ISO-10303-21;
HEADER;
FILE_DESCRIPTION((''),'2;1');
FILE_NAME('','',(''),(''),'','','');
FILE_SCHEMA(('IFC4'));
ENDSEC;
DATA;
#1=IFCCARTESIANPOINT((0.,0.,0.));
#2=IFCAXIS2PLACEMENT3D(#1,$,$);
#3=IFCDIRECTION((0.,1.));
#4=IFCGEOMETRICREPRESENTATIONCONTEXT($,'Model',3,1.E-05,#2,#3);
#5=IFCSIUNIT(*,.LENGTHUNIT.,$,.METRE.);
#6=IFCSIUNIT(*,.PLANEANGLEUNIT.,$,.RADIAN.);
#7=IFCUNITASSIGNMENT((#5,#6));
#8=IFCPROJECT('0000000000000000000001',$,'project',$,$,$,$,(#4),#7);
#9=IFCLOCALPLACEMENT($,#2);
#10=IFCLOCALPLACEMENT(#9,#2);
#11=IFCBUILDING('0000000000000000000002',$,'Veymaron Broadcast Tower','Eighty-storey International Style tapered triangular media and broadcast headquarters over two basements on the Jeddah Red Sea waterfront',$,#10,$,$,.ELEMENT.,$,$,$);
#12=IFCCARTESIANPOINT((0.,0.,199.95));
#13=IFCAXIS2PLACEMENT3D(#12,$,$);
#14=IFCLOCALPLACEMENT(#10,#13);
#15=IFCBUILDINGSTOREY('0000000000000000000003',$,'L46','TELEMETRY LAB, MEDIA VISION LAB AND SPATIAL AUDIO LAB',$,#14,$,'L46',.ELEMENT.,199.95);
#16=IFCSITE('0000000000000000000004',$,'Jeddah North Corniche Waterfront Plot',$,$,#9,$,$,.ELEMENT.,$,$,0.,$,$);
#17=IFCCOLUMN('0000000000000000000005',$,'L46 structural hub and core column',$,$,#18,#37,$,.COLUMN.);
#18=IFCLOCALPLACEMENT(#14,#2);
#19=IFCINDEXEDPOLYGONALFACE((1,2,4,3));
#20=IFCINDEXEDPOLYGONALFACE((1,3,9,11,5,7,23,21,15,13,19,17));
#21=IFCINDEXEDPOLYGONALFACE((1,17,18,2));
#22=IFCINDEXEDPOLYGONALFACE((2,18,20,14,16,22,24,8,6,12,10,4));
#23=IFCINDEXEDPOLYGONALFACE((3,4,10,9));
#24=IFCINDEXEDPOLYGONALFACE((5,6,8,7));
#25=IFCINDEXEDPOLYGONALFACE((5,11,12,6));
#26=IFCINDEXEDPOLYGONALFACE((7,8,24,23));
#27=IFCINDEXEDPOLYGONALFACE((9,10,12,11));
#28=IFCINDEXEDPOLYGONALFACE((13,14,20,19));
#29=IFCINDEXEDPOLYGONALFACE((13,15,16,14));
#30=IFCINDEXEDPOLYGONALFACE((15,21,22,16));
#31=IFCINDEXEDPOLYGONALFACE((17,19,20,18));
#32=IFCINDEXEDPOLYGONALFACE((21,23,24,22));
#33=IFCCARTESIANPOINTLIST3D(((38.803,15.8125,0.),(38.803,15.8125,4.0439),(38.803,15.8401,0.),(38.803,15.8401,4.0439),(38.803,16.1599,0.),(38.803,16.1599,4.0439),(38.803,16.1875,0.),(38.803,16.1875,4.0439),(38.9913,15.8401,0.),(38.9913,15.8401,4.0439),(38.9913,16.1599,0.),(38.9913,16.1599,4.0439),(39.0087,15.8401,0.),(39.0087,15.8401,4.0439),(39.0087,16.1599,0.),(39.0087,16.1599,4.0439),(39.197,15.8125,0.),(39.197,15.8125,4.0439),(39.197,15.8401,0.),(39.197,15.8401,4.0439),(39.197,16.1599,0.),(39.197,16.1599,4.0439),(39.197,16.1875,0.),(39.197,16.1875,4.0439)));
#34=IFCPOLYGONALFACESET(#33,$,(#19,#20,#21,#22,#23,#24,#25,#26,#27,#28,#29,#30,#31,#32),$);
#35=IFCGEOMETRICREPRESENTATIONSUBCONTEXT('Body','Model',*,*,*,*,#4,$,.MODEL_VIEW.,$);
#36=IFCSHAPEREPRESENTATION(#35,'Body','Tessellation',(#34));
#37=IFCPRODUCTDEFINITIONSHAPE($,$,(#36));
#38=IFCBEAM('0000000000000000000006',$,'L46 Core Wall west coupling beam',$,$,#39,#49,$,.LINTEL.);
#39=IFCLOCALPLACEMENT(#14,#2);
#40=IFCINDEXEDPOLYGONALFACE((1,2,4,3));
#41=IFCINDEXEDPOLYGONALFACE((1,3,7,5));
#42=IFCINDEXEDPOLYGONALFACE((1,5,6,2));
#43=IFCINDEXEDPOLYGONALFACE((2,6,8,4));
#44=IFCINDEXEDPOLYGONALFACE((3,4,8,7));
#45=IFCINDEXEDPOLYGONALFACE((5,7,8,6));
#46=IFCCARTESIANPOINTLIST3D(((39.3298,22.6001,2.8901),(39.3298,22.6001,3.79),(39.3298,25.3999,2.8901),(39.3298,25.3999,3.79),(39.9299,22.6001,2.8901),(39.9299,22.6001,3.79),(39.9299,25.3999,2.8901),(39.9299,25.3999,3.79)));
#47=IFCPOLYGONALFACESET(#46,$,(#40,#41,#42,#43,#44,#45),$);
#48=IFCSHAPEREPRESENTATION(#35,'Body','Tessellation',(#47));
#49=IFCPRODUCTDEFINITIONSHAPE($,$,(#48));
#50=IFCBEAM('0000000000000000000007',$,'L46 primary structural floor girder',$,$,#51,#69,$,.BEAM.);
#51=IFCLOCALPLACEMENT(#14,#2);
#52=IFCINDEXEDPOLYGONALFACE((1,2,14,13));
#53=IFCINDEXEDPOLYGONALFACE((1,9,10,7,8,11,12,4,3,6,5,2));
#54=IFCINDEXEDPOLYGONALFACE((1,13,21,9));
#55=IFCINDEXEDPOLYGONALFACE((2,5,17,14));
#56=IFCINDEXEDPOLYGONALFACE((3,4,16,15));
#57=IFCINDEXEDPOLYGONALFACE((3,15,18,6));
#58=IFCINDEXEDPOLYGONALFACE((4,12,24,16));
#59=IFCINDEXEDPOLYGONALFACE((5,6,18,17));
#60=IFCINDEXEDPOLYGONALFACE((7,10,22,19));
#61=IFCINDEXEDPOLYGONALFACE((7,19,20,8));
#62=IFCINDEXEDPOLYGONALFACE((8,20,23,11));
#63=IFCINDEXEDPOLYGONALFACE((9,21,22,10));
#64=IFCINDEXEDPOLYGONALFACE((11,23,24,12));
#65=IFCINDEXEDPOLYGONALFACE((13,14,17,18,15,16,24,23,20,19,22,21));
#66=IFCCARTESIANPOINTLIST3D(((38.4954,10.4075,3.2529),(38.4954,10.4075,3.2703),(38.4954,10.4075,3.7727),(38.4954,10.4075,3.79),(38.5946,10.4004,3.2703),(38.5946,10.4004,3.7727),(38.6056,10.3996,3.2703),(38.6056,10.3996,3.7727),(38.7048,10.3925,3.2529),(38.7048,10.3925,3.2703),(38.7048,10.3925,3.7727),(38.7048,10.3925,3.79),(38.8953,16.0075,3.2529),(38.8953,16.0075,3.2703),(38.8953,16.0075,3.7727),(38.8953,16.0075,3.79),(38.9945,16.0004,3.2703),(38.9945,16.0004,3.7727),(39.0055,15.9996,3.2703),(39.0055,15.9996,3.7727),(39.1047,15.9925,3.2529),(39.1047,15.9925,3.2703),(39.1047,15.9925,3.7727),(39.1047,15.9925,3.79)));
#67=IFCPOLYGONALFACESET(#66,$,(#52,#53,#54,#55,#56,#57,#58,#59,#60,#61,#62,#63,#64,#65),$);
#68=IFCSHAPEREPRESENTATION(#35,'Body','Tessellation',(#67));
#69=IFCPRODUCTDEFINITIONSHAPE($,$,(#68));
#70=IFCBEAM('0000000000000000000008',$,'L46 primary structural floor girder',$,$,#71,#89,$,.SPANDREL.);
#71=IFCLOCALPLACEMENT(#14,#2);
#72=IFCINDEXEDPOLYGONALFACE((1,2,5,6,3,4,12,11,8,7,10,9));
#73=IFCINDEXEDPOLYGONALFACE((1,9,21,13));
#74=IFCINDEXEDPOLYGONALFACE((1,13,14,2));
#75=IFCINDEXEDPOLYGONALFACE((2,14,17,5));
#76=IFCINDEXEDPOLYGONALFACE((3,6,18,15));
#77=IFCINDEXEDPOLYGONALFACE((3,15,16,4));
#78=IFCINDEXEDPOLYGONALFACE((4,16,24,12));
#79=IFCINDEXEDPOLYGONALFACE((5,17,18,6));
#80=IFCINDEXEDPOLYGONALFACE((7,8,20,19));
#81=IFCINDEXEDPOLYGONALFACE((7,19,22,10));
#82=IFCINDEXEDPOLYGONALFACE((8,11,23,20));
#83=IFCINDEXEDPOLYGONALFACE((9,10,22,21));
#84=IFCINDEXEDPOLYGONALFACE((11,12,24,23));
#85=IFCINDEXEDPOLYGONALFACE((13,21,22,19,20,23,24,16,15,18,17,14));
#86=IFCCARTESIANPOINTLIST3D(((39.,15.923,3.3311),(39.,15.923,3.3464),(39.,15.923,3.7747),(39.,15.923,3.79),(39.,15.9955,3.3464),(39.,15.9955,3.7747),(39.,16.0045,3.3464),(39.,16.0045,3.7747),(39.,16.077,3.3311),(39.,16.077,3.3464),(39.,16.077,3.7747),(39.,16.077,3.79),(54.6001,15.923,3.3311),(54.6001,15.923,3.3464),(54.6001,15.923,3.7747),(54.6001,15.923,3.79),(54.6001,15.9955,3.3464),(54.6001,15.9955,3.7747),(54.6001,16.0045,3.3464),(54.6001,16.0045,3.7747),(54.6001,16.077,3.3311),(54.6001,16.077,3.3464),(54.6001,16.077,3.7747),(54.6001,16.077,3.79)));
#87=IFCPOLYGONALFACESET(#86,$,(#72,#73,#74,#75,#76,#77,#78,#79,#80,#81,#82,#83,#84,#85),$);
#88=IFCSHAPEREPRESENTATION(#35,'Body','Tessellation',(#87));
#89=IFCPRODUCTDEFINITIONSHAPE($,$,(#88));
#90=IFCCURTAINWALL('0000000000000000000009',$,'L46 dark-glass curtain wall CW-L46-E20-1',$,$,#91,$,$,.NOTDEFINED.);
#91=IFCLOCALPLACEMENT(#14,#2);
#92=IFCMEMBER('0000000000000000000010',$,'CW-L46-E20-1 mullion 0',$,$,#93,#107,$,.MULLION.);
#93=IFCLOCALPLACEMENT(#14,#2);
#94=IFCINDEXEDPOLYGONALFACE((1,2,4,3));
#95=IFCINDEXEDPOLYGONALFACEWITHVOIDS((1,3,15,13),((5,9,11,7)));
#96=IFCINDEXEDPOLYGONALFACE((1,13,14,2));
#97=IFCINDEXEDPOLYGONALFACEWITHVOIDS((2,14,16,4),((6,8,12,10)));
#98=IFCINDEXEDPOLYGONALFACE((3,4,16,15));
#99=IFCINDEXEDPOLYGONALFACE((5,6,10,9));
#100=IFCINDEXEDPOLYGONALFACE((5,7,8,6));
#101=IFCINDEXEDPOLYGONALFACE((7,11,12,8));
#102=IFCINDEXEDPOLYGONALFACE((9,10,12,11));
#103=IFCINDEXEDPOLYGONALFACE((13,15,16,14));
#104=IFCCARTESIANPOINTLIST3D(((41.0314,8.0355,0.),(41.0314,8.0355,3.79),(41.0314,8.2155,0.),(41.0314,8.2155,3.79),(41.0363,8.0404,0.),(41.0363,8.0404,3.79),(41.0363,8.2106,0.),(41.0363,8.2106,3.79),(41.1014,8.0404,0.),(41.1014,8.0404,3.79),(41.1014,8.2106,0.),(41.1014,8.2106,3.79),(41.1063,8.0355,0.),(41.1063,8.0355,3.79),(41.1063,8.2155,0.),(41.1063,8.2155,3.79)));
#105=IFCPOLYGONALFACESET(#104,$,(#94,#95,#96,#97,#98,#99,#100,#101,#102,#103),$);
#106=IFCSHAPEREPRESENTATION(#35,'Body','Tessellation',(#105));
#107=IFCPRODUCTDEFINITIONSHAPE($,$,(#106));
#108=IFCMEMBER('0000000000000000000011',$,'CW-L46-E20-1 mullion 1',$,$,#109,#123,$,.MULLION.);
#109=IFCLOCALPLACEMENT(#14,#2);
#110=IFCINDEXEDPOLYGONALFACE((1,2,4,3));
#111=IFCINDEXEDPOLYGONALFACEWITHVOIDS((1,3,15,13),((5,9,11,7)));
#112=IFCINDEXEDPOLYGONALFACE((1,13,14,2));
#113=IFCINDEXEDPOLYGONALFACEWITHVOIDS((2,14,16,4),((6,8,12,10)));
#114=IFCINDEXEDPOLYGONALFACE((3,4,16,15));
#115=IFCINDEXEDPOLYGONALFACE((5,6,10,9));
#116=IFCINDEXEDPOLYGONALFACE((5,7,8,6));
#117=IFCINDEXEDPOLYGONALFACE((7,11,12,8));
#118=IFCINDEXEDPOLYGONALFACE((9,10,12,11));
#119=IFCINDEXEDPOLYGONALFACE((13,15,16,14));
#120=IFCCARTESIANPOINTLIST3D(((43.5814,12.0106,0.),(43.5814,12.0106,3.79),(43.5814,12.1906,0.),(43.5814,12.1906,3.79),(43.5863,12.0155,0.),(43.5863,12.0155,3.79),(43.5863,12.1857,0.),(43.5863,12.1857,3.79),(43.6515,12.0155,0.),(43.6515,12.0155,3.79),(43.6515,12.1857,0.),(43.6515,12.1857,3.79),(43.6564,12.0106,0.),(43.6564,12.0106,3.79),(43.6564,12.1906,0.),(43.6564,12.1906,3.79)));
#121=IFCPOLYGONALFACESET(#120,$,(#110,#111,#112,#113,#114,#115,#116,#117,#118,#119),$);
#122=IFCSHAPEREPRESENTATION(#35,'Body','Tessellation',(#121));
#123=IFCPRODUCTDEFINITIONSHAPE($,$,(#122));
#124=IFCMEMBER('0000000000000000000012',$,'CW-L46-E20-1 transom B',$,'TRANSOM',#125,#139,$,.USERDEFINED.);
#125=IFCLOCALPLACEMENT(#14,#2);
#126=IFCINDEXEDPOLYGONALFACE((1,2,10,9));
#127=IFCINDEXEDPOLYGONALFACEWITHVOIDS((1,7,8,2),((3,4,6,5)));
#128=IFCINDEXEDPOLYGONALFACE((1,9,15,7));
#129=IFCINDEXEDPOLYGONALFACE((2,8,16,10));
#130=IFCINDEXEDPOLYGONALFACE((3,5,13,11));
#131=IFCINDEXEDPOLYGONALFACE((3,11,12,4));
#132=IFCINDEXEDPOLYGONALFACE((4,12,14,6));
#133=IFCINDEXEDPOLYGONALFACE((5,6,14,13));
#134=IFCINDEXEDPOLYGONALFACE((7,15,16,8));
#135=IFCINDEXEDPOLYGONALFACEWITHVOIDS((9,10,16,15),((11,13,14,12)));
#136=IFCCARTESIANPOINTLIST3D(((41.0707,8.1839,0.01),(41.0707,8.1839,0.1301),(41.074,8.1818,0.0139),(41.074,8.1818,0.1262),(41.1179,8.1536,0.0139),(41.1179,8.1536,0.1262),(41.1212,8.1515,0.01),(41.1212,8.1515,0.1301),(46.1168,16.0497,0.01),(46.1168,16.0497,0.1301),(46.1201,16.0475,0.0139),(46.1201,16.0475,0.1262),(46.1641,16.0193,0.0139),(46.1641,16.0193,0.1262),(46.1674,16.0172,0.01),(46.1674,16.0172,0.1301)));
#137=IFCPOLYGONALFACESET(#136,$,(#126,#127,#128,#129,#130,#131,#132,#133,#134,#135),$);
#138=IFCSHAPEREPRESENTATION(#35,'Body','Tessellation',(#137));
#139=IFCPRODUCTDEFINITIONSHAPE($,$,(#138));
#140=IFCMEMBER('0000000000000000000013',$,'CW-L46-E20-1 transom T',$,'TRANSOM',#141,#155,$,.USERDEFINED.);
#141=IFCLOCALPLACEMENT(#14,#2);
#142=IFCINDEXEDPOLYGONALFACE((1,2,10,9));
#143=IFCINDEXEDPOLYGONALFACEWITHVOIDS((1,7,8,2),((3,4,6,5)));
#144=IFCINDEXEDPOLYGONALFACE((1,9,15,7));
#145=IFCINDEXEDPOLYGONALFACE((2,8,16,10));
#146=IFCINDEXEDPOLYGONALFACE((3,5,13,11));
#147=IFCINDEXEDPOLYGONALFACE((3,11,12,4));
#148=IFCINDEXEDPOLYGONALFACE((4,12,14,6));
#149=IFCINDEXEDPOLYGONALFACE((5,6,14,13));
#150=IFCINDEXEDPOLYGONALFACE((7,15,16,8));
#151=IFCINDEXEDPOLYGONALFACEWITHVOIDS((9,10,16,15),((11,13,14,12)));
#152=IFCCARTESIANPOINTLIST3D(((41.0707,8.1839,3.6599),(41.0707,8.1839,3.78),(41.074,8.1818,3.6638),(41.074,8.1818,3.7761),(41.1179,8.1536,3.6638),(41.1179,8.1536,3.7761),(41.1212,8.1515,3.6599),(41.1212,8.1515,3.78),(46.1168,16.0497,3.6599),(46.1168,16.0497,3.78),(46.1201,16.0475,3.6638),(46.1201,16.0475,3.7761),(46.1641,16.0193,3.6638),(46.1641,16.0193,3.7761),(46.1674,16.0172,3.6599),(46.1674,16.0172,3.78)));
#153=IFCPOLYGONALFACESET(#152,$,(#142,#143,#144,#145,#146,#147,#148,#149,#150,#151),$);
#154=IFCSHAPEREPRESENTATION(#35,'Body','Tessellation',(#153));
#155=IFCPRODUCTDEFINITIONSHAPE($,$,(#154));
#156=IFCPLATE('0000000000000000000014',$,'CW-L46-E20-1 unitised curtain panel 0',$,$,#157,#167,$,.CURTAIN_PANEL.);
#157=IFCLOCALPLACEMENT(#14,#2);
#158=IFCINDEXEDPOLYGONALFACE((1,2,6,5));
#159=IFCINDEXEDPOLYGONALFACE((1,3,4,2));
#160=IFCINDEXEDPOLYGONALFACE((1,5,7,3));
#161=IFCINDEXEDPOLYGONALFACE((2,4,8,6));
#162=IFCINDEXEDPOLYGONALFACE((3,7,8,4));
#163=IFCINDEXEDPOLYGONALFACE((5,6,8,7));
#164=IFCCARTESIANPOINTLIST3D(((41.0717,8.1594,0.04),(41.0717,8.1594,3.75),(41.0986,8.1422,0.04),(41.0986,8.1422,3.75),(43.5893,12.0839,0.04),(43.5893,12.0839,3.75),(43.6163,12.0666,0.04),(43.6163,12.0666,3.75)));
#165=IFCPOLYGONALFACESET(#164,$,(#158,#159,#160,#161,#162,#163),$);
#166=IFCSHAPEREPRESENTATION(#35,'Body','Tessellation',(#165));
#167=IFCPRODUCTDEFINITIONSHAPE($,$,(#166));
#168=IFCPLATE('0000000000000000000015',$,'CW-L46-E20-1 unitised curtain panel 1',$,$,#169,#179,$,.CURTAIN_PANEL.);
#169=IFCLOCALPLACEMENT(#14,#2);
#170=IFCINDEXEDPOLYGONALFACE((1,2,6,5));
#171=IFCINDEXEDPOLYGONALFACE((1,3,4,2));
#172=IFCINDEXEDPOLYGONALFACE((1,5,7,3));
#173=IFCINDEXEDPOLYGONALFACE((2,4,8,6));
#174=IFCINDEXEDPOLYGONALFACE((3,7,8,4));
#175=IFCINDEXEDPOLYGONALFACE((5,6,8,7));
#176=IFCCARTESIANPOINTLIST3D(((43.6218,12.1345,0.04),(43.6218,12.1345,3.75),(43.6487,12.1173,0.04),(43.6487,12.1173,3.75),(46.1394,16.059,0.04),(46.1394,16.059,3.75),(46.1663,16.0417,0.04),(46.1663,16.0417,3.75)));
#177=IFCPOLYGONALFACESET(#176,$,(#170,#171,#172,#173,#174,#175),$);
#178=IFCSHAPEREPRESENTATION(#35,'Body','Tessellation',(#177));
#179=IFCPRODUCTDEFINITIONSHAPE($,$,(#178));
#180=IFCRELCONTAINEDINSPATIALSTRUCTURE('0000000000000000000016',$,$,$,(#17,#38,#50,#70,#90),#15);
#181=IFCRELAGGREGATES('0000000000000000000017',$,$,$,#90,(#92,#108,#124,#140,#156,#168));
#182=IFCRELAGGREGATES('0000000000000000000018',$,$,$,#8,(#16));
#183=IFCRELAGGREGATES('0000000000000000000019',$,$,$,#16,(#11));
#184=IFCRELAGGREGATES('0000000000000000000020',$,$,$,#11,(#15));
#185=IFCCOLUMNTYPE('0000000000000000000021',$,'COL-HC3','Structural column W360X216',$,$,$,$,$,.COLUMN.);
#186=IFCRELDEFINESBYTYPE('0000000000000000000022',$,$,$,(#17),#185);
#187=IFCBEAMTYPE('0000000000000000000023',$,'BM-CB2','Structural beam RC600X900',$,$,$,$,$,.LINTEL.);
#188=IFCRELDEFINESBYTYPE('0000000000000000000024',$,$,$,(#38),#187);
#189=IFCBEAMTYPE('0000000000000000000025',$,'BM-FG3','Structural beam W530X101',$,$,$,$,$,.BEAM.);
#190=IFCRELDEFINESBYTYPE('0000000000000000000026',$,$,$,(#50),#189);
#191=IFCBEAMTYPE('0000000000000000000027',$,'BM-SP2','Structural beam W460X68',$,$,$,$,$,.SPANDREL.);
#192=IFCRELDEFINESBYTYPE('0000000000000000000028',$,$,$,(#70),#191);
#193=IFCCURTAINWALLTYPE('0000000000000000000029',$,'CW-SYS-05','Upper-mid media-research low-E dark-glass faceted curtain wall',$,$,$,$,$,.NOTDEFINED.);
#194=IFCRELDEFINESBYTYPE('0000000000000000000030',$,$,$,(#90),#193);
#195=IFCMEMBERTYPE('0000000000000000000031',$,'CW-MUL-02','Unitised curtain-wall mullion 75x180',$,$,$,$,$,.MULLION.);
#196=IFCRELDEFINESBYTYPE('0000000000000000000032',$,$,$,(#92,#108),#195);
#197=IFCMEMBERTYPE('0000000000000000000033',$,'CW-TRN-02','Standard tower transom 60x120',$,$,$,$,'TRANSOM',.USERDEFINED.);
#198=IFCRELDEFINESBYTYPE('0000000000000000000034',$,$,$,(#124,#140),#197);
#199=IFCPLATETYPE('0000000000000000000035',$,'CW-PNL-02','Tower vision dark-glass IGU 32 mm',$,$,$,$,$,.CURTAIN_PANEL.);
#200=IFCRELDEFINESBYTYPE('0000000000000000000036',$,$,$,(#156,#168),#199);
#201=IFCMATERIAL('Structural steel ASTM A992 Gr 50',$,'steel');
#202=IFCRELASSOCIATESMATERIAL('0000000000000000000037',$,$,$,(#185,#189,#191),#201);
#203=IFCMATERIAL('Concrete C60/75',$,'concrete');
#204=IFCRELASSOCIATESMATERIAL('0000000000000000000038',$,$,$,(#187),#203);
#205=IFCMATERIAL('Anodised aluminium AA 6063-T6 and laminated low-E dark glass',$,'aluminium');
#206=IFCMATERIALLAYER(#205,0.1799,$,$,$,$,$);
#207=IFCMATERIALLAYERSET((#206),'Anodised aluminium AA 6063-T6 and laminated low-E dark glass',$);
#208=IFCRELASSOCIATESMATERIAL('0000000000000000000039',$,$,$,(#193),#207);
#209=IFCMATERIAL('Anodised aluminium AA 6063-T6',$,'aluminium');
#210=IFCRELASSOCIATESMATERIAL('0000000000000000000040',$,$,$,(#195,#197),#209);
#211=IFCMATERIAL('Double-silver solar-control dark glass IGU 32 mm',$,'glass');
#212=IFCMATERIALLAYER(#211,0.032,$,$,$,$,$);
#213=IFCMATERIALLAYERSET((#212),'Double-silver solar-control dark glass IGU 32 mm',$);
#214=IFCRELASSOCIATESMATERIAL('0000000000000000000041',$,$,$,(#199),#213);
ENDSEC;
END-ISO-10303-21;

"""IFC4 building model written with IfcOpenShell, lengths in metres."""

from ifc_helpers import new_model, si_unit, direction, frame, origin, origin_2d, place, context, subcontext, project, spatial, rectangle, hollow_rectangle, i_section, extrude, material, layer, layer_set, material_profile, profile_set, type_object, element, aggregate, save


model = new_model("IFC4")

# Units and contexts
model_context = context("Model", 3, precision=1e-05, world=origin(), true_north=direction((0.0, 1.0)))
body_context = subcontext(model_context, "Body", "Model", "MODEL_VIEW")
ifc_project = project(units=[si_unit("LENGTHUNIT", "METRE"), si_unit("PLANEANGLEUNIT", "RADIAN")], contexts=[model_context])

# Site, building, storey
site_placement = place(None, origin())
site = spatial("IfcSite", under=ifc_project, at=site_placement, Name="Jeddah North Corniche Waterfront Plot", CompositionType="ELEMENT", RefElevation=0.0)
building_placement = place(site_placement, origin())
building = spatial("IfcBuilding", under=site, at=building_placement, Name="Veymaron Broadcast Tower", Description="Eighty-storey International Style tapered triangular media and broadcast headquarters over two basements on the Jeddah Red Sea waterfront", CompositionType="ELEMENT")
storey_placement = place(building_placement, frame((0.0, 0.0, 199.95)))
storey = spatial("IfcBuildingStorey", under=building, at=storey_placement, Name="L46", Description="TELEMETRY LAB, MEDIA VISION LAB AND SPATIAL AUDIO LAB", LongName="L46", CompositionType="ELEMENT", Elevation=199.95)

# Column
ifc_material_1 = material(Name="Structural steel ASTM A992 Gr 50", Category="steel")
ifc_material_profile_1 = material_profile(ifc_material_1, i_section(OverallWidth=0.394, OverallDepth=0.375, WebThickness=0.0173, FlangeThickness=0.0276, at=origin_2d()), Name="W360X216")
ifc_profile_set_1 = profile_set([ifc_material_profile_1], Name="Structural steel ASTM A992 Gr 50")
column_type = type_object("IfcColumnType", Name="COL-HC3", Description="Structural column W360X216", PredefinedType="COLUMN", material=ifc_profile_set_1)
column_placement = place(storey_placement, frame((39.0, 16.0, 0.0), z_axis=(0.0, 0.0, 1.0), x_axis=(1.0, 0.0, 0.0)))
element("IfcColumn", 1, at=column_placement, inside=storey, type_object=column_type, Name="L46 structural hub and core column", PredefinedType="COLUMN", context=body_context, shape_type="SweptSolid", body=[
    extrude(i_section(OverallWidth=0.394, OverallDepth=0.375, WebThickness=0.0173, FlangeThickness=0.0276, at=origin_2d()), origin(), (0.0, 0.0, 1.0), 4.0439),
])

# Beams
ifc_material_2 = material(Name="Concrete C60/75", Category="concrete")
ifc_material_profile_2 = material_profile(ifc_material_2, rectangle(XDim=0.6001, YDim=0.8999, at=origin_2d()), Name="RC600X900")
ifc_profile_set_2 = profile_set([ifc_material_profile_2], Name="Concrete C60/75")
beam_type_1 = type_object("IfcBeamType", Name="BM-CB2", Description="Structural beam RC600X900", PredefinedType="LINTEL", material=ifc_profile_set_2)
beam_1_placement = place(storey_placement, frame((39.6299, 22.6001, 3.3401), z_axis=(0.0, 1.0, 0.0), x_axis=(-1.0, 0.0, 0.0)))
element("IfcBeam", 2, at=beam_1_placement, inside=storey, type_object=beam_type_1, Name="L46 Core Wall west coupling beam", PredefinedType="LINTEL", context=body_context, shape_type="SweptSolid", body=[
    extrude(rectangle(XDim=0.6001, YDim=0.8999, at=origin_2d()), origin(), (0.0, 0.0, 1.0), 2.7998),
])
ifc_material_profile_3 = material_profile(ifc_material_1, i_section(OverallWidth=0.21, OverallDepth=0.5371, WebThickness=0.011, FlangeThickness=0.0173, at=origin_2d()), Name="W530X101")
ifc_profile_set_3 = profile_set([ifc_material_profile_3], Name="Structural steel ASTM A992 Gr 50")
beam_type_2 = type_object("IfcBeamType", Name="BM-FG3", Description="Structural beam W530X101", PredefinedType="BEAM", material=ifc_profile_set_3)
beam_2_placement = place(storey_placement, frame((39.0, 16.0, 3.5215), z_axis=(-0.071229, -0.99746, 0.0), x_axis=(0.99746, -0.071229, 0.0)))
element("IfcBeam", 3, at=beam_2_placement, inside=storey, type_object=beam_type_2, Name="L46 primary structural floor girder", PredefinedType="BEAM", context=body_context, shape_type="SweptSolid", body=[
    extrude(i_section(OverallWidth=0.21, OverallDepth=0.5371, WebThickness=0.011, FlangeThickness=0.0173, at=origin_2d()), origin(), (0.0, 0.0, 1.0), 5.6143),
])
ifc_material_profile_4 = material_profile(ifc_material_1, i_section(OverallWidth=0.1541, OverallDepth=0.459, WebThickness=0.009, FlangeThickness=0.0154, at=origin_2d()), Name="W460X68")
ifc_profile_set_4 = profile_set([ifc_material_profile_4], Name="Structural steel ASTM A992 Gr 50")
beam_type_3 = type_object("IfcBeamType", Name="BM-SP2", Description="Structural beam W460X68", PredefinedType="SPANDREL", material=ifc_profile_set_4)
beam_3_placement = place(storey_placement, frame((39.0, 16.0, 3.5605), z_axis=(1.0, 0.0, 0.0), x_axis=(0.0, 1.0, 0.0)))
element("IfcBeam", 4, at=beam_3_placement, inside=storey, type_object=beam_type_3, Name="L46 primary structural floor girder", PredefinedType="SPANDREL", context=body_context, shape_type="SweptSolid", body=[
    extrude(i_section(OverallWidth=0.1541, OverallDepth=0.459, WebThickness=0.009, FlangeThickness=0.0154, at=origin_2d()), origin(), (0.0, 0.0, 1.0), 15.6001),
])

# Curtain wall, members, plates
ifc_material_3 = material(Name="Anodised aluminium AA 6063-T6 and laminated low-E dark glass", Category="aluminium")
ifc_layer_1 = layer(ifc_material_3, 0.1799)
ifc_layer_set_1 = layer_set([ifc_layer_1], Name="Anodised aluminium AA 6063-T6 and laminated low-E dark glass")
curtain_wall_type = type_object("IfcCurtainWallType", Name="CW-SYS-05", Description="Upper-mid media-research low-E dark-glass faceted curtain wall", PredefinedType="NOTDEFINED", material=ifc_layer_set_1)
curtain_wall_placement = place(storey_placement, origin())
curtain_wall = element("IfcCurtainWall", 5, at=curtain_wall_placement, inside=storey, type_object=curtain_wall_type, Name="L46 dark-glass curtain wall CW-L46-E20-1", PredefinedType="NOTDEFINED")
ifc_material_4 = material(Name="Anodised aluminium AA 6063-T6", Category="aluminium")
ifc_material_profile_5 = material_profile(ifc_material_4, hollow_rectangle(XDim=0.075, YDim=0.1799, WallThickness=0.0049, at=origin_2d()), Name="AL180X75X5")
ifc_profile_set_5 = profile_set([ifc_material_profile_5], Name="Anodised aluminium AA 6063-T6")
member_type_1 = type_object("IfcMemberType", Name="CW-MUL-02", Description="Unitised curtain-wall mullion 75x180", PredefinedType="MULLION", material=ifc_profile_set_5)
member_1_placement = place(storey_placement, frame((41.0688, 8.1255, 0.0), z_axis=(0.0, 0.0, 1.0), x_axis=(1.0, 0.0, 0.0)))
member_1 = element("IfcMember", 6, at=member_1_placement, type_object=member_type_1, Name="CW-L46-E20-1 mullion 0", PredefinedType="MULLION", context=body_context, shape_type="SweptSolid", body=[
    extrude(hollow_rectangle(XDim=0.075, YDim=0.1799, WallThickness=0.0049, at=origin_2d()), origin(), (0.0, 0.0, 1.0), 3.79),
])
member_2_placement = place(storey_placement, frame((43.6189, 12.1006, 0.0), z_axis=(0.0, 0.0, 1.0), x_axis=(1.0, 0.0, 0.0)))
member_2 = element("IfcMember", 7, at=member_2_placement, type_object=member_type_1, Name="CW-L46-E20-1 mullion 1", PredefinedType="MULLION", context=body_context, shape_type="SweptSolid", body=[
    extrude(hollow_rectangle(XDim=0.075, YDim=0.1799, WallThickness=0.0049, at=origin_2d()), origin(), (0.0, 0.0, 1.0), 3.79),
])
ifc_material_profile_6 = material_profile(ifc_material_4, hollow_rectangle(XDim=0.0601, YDim=0.1201, WallThickness=0.0039, at=origin_2d()), Name="AL120X60X4")
ifc_profile_set_6 = profile_set([ifc_material_profile_6], Name="Anodised aluminium AA 6063-T6")
member_type_2 = type_object("IfcMemberType", Name="CW-TRN-02", Description="Standard tower transom 60x120", ElementType="TRANSOM", PredefinedType="USERDEFINED", material=ifc_profile_set_6)
member_3_placement = place(storey_placement, frame((41.0959, 8.1677, 0.0701), z_axis=(0.53997, 0.841684, 0.0), x_axis=(-0.841684, 0.53997, 0.0)))
member_3 = element("IfcMember", 8, at=member_3_placement, type_object=member_type_2, Name="CW-L46-E20-1 transom B", ObjectType="TRANSOM", PredefinedType="USERDEFINED", context=body_context, shape_type="SweptSolid", body=[
    extrude(hollow_rectangle(XDim=0.0601, YDim=0.1201, WallThickness=0.0039, at=origin_2d()), origin(), (0.0, 0.0, 1.0), 9.3452),
])
member_4_placement = place(storey_placement, frame((41.0959, 8.1677, 3.72), z_axis=(0.53997, 0.841684, 0.0), x_axis=(-0.841684, 0.53997, 0.0)))
member_4 = element("IfcMember", 9, at=member_4_placement, type_object=member_type_2, Name="CW-L46-E20-1 transom T", ObjectType="TRANSOM", PredefinedType="USERDEFINED", context=body_context, shape_type="SweptSolid", body=[
    extrude(hollow_rectangle(XDim=0.0601, YDim=0.1201, WallThickness=0.0039, at=origin_2d()), origin(), (0.0, 0.0, 1.0), 9.3452),
])
ifc_material_5 = material(Name="Double-silver solar-control dark glass IGU 32 mm", Category="glass")
ifc_layer_2 = layer(ifc_material_5, 0.032)
ifc_layer_set_2 = layer_set([ifc_layer_2], Name="Double-silver solar-control dark glass IGU 32 mm")
plate_type = type_object("IfcPlateType", Name="CW-PNL-02", Description="Tower vision dark-glass IGU 32 mm", PredefinedType="CURTAIN_PANEL", material=ifc_layer_set_2)
plate_1_placement = place(storey_placement, frame((42.344, 10.113, 0.04), z_axis=(0.0, 0.0, 1.0), x_axis=(0.539961, 0.84169, 0.0)))
plate_1 = element("IfcPlate", 10, at=plate_1_placement, type_object=plate_type, Name="CW-L46-E20-1 unitised curtain panel 0", PredefinedType="CURTAIN_PANEL", context=body_context, shape_type="SweptSolid", body=[
    extrude(rectangle(XDim=4.6626, YDim=0.032, at=origin_2d()), origin(), (0.0, 0.0, 1.0), 3.71),
])
plate_2_placement = place(storey_placement, frame((44.894, 14.0881, 0.04), z_axis=(0.0, 0.0, 1.0), x_axis=(0.539961, 0.84169, 0.0)))
plate_2 = element("IfcPlate", 11, at=plate_2_placement, type_object=plate_type, Name="CW-L46-E20-1 unitised curtain panel 1", PredefinedType="CURTAIN_PANEL", context=body_context, shape_type="SweptSolid", body=[
    extrude(rectangle(XDim=4.6626, YDim=0.032, at=origin_2d()), origin(), (0.0, 0.0, 1.0), 3.71),
])
aggregate(curtain_wall, [member_1, member_2, member_3, member_4, plate_1, plate_2])

save(model, "model.ifc")
